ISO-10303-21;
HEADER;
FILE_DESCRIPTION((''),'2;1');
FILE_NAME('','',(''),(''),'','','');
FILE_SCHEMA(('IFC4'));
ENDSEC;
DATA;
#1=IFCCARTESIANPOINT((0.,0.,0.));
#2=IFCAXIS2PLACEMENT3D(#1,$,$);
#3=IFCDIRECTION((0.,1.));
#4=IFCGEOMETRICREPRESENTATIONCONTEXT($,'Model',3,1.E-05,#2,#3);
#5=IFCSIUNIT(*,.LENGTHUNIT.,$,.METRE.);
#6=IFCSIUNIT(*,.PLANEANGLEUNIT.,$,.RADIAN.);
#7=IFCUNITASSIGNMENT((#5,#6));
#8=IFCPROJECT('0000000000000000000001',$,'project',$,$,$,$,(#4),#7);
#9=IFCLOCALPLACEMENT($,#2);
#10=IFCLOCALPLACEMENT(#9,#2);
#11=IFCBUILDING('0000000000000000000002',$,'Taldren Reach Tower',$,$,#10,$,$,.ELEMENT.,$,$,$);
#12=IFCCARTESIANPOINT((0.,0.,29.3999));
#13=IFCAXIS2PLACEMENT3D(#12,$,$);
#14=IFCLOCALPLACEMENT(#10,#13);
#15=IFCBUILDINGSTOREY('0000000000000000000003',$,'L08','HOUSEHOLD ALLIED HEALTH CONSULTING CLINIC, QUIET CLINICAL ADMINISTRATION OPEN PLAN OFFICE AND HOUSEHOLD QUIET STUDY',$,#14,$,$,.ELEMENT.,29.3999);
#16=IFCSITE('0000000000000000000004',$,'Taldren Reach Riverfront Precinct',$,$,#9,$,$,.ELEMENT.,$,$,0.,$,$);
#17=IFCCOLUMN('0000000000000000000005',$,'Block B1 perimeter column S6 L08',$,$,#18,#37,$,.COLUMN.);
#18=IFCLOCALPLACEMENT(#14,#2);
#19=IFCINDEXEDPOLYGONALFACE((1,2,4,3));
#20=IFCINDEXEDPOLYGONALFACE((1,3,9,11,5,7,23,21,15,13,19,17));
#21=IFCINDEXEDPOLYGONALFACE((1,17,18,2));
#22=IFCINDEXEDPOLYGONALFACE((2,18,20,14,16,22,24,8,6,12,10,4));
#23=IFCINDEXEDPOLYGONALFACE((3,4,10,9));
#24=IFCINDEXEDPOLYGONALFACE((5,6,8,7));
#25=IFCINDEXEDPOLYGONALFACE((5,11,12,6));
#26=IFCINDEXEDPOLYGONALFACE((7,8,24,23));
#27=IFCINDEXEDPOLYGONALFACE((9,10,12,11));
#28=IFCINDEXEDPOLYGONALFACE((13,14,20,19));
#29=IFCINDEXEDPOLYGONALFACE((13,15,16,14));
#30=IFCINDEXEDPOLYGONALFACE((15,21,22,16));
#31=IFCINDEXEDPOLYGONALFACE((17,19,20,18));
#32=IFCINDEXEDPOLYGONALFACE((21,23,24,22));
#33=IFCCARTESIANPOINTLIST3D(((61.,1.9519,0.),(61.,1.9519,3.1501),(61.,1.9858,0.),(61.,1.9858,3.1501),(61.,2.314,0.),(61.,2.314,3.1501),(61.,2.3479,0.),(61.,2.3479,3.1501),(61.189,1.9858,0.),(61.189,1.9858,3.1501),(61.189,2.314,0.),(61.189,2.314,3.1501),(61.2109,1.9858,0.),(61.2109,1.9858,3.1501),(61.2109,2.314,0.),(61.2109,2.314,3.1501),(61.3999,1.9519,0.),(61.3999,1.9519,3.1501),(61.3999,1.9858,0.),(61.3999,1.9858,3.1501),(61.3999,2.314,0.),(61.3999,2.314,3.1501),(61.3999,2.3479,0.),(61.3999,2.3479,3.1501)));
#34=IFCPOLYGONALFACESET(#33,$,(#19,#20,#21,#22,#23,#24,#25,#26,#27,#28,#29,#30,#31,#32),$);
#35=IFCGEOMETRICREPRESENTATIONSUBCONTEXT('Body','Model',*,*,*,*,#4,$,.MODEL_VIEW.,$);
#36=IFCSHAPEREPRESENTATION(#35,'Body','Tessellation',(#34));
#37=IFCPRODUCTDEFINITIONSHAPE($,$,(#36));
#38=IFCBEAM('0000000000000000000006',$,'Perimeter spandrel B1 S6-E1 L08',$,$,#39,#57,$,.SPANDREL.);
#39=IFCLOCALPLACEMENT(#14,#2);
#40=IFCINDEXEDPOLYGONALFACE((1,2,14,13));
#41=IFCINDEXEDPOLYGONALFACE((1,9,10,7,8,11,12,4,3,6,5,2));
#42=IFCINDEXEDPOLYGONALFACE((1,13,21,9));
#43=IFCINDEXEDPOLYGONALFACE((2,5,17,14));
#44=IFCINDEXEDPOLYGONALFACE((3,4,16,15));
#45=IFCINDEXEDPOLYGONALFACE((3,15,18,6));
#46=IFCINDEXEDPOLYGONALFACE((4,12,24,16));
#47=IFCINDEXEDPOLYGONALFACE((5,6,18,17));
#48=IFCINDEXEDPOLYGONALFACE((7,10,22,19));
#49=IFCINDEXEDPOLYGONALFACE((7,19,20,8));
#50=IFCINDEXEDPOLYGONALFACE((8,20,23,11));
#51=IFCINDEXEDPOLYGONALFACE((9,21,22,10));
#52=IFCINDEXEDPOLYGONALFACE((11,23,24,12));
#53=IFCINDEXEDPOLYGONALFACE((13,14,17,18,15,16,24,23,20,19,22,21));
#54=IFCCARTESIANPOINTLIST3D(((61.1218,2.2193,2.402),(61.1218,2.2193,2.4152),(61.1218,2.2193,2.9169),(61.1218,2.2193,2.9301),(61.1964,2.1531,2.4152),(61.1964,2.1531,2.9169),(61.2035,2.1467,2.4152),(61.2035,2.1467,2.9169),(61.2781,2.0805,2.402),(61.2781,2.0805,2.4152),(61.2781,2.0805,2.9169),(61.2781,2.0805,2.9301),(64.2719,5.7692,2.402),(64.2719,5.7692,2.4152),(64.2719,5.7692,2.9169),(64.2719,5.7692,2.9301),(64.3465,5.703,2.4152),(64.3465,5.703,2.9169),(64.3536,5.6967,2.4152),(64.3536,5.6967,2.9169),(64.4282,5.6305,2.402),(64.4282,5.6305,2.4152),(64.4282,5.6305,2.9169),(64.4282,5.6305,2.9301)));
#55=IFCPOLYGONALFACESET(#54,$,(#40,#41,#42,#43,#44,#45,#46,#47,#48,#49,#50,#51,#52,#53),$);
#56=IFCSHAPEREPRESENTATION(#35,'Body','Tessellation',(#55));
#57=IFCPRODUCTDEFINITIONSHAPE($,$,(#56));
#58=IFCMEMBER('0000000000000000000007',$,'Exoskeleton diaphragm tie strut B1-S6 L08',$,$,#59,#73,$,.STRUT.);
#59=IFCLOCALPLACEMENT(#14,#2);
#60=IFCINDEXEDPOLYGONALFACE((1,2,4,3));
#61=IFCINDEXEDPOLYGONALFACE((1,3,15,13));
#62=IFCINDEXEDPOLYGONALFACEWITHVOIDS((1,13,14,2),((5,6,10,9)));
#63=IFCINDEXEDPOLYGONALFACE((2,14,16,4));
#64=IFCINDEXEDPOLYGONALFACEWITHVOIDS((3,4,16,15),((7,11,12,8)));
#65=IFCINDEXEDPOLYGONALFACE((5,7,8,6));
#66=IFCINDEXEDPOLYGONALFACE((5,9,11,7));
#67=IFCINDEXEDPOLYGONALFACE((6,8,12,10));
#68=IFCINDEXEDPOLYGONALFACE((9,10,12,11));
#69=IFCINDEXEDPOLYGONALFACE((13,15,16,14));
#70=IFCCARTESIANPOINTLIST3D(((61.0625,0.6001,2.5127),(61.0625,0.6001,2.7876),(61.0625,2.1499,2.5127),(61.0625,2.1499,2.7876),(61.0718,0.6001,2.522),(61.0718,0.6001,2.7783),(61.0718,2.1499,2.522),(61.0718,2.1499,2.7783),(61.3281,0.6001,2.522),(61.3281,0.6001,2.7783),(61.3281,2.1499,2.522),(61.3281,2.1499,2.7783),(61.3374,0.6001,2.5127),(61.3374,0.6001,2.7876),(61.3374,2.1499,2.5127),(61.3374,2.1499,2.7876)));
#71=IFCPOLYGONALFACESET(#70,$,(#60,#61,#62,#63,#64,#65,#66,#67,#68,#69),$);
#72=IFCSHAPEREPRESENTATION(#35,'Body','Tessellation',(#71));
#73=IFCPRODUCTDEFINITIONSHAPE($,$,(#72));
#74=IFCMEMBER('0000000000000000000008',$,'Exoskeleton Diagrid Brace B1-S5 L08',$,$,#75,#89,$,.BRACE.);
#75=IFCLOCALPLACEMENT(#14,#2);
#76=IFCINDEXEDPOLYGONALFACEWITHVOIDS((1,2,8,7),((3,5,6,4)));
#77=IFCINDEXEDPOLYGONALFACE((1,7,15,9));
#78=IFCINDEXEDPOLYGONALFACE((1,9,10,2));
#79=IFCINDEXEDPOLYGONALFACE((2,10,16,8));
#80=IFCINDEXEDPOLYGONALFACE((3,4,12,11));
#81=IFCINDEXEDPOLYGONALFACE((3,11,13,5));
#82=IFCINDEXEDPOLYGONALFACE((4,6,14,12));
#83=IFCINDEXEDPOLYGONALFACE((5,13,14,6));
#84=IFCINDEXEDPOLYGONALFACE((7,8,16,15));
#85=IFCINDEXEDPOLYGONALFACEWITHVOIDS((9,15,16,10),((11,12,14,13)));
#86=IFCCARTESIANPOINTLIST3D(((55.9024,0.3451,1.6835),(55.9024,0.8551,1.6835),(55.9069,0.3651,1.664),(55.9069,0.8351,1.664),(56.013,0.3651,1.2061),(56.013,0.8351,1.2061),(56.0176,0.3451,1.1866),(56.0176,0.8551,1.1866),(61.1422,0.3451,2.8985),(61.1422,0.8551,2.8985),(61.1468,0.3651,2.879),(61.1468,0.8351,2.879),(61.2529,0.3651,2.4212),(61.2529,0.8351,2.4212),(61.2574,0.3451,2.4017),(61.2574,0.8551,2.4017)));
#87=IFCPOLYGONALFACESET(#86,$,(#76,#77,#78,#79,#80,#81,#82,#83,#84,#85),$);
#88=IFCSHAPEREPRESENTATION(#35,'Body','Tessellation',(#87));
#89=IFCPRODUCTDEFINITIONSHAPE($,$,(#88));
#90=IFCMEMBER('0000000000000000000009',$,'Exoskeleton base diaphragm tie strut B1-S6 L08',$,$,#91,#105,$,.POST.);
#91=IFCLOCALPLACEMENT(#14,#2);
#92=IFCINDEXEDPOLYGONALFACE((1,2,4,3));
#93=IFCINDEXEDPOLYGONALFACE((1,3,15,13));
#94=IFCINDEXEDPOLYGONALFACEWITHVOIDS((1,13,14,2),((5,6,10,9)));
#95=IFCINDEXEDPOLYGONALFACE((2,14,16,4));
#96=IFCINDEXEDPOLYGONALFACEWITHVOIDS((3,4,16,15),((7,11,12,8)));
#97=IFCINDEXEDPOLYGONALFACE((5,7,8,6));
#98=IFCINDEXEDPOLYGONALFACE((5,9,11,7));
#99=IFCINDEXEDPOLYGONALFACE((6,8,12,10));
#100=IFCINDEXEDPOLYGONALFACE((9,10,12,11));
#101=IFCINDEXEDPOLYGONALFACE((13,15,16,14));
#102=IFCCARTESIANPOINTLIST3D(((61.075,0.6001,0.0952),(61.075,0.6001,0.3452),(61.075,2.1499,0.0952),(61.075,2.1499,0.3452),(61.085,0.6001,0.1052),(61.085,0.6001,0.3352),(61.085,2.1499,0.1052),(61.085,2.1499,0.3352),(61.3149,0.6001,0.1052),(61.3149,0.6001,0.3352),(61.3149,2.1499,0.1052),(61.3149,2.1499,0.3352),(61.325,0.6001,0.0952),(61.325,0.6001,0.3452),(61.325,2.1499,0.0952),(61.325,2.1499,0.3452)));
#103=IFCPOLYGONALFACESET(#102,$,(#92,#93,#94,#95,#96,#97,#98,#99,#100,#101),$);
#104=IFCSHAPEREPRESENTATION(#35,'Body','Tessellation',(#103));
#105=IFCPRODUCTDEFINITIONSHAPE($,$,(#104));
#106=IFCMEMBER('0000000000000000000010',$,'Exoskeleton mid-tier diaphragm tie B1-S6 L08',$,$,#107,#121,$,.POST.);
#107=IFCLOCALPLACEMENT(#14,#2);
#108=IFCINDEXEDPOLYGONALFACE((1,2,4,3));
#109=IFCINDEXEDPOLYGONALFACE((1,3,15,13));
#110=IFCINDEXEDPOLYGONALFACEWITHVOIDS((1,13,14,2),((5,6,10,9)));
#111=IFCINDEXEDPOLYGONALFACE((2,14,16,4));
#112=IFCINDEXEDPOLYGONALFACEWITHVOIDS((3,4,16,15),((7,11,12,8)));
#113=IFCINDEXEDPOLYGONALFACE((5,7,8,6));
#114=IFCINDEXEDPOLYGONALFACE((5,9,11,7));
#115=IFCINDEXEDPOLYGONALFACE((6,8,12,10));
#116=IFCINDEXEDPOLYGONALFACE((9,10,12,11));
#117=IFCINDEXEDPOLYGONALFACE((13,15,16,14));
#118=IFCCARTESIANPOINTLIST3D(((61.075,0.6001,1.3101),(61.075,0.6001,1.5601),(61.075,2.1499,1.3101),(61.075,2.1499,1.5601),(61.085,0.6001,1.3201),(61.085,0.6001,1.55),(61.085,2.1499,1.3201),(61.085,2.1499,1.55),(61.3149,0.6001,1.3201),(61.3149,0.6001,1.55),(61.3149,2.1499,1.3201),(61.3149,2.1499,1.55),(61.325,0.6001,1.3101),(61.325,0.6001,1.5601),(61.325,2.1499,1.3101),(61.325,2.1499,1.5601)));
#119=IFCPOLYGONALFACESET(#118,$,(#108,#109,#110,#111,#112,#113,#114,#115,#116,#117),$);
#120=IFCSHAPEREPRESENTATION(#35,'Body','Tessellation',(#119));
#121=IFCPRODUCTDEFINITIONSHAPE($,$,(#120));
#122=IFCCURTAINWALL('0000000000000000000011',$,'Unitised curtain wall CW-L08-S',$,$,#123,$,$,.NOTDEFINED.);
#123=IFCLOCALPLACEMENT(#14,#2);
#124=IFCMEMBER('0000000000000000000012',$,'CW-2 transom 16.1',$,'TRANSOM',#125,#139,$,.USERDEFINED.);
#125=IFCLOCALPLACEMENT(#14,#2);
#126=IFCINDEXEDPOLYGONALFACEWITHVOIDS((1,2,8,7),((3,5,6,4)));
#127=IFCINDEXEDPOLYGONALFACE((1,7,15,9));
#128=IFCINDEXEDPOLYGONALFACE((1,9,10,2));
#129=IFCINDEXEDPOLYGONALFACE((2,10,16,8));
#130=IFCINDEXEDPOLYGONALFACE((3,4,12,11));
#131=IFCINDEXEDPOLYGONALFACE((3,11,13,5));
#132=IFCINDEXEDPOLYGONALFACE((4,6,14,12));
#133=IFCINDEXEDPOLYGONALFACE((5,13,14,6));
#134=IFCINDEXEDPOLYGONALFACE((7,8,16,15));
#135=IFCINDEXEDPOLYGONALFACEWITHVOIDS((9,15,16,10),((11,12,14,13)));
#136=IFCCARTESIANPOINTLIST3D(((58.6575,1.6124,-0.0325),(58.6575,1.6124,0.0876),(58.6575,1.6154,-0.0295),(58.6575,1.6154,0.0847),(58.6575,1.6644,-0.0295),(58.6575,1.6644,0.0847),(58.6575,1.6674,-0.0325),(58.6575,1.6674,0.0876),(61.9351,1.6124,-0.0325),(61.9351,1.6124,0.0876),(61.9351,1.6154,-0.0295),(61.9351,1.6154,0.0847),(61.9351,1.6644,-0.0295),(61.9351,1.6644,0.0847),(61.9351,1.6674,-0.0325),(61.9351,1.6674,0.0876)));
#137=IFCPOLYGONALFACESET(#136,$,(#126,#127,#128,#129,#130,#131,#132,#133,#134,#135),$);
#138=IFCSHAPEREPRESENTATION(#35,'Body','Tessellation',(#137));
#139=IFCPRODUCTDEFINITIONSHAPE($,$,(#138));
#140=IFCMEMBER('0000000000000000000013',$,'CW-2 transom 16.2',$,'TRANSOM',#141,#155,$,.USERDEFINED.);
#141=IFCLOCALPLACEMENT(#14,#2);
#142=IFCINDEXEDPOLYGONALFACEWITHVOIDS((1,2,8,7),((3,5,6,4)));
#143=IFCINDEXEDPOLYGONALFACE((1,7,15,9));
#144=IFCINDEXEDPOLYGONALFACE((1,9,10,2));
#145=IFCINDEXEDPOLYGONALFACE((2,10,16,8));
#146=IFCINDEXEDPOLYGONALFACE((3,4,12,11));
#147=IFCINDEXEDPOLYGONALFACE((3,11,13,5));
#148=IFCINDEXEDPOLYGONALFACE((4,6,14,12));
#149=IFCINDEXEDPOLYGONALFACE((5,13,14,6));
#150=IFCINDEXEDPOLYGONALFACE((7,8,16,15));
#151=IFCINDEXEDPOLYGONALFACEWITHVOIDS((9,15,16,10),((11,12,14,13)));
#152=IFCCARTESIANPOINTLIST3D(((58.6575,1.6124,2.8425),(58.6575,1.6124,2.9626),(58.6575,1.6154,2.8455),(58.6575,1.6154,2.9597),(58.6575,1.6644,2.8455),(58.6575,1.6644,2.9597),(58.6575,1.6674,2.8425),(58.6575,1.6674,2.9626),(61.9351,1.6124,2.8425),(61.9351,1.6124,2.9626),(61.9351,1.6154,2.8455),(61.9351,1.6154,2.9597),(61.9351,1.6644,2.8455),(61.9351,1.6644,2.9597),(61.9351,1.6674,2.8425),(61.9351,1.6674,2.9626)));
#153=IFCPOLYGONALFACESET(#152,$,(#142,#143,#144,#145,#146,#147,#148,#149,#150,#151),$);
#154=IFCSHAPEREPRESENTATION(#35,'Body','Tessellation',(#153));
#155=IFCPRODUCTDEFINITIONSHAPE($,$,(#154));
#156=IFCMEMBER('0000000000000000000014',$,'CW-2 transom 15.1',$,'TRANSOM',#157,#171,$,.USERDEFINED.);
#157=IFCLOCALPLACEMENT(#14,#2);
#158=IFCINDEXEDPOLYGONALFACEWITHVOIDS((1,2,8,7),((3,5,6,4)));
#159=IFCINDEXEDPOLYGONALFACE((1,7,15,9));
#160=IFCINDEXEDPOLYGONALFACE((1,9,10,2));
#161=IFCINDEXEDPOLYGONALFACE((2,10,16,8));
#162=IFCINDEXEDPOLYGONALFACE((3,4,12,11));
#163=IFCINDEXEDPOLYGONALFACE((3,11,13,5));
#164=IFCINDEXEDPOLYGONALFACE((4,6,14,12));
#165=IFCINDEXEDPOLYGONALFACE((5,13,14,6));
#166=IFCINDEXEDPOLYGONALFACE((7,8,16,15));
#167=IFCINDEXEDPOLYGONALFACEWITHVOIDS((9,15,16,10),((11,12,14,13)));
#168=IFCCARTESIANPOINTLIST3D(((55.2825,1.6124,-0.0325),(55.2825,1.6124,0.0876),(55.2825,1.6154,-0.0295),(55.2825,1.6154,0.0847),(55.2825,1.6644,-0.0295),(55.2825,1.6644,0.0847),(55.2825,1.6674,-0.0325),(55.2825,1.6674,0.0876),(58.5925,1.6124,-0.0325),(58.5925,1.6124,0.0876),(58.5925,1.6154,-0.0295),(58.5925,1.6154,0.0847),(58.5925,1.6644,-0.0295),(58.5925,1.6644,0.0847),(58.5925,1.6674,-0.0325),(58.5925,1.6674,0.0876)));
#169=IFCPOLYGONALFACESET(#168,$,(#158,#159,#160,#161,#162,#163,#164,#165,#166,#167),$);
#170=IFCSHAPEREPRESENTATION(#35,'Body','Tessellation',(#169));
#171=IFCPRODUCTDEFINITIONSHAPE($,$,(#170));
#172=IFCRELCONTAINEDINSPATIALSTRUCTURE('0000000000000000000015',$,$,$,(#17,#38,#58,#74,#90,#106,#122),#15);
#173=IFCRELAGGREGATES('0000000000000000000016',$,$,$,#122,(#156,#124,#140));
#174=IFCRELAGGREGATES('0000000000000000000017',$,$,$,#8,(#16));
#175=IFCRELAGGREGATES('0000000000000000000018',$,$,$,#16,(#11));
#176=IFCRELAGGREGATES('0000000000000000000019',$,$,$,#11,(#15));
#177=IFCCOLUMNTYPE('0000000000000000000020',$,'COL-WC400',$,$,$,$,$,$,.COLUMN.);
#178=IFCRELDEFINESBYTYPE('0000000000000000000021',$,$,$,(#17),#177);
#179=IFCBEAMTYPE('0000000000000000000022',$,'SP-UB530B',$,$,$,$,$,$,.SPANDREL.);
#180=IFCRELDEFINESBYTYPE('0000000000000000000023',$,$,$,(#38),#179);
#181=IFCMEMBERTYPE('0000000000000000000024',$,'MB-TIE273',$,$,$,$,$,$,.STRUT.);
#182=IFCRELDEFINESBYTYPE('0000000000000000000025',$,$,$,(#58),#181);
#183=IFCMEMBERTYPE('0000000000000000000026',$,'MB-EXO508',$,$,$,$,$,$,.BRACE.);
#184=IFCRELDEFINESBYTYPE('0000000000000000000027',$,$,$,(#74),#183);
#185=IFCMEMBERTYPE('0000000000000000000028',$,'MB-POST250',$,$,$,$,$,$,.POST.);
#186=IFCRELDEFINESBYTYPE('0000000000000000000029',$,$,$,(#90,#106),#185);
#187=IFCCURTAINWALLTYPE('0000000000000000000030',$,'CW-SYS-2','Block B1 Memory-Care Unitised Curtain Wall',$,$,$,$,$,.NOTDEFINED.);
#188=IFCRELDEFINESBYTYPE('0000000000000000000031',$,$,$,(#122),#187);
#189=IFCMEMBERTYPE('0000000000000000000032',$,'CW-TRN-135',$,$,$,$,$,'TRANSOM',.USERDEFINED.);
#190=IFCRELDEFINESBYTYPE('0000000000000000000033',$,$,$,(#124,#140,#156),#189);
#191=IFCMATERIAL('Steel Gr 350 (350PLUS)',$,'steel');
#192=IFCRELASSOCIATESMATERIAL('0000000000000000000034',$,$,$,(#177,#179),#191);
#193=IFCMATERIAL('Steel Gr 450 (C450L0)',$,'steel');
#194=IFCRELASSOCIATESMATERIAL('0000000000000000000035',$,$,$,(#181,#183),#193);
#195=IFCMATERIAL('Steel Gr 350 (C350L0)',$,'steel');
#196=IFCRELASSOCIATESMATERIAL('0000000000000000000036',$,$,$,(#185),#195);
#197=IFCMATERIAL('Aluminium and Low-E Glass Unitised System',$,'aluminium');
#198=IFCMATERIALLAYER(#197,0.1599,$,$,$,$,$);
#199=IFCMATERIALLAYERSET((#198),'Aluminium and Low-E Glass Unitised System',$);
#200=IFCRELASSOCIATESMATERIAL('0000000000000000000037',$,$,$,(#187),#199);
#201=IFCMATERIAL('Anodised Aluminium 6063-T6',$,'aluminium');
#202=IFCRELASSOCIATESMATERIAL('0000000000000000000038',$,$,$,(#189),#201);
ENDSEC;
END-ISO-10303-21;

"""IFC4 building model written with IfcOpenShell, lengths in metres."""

from ifc_helpers import new_model, si_unit, direction, frame, origin, origin_2d, place, context, subcontext, project, spatial, hollow_rectangle, i_section, extrude, source, transform, mapped, material, layer, layer_set, material_profile, profile_set, type_object, element, aggregate, save


model = new_model("IFC4")

# Units and contexts
model_context = context("Model", 3, precision=1e-05, world=origin(), true_north=direction((0.0, 1.0)))
body_context = subcontext(model_context, "Body", "Model", "MODEL_VIEW")
ifc_project = project(units=[si_unit("LENGTHUNIT", "METRE"), si_unit("PLANEANGLEUNIT", "RADIAN")], contexts=[model_context])

# Site, building, storey
site_placement = place(None, origin())
site = spatial("IfcSite", under=ifc_project, at=site_placement, Name="Taldren Reach Riverfront Precinct", CompositionType="ELEMENT", RefElevation=0.0)
building_placement = place(site_placement, origin())
building = spatial("IfcBuilding", under=site, at=building_placement, Name="Taldren Reach Tower", CompositionType="ELEMENT")
storey_placement = place(building_placement, frame((0.0, 0.0, 29.3999)))
storey = spatial("IfcBuildingStorey", under=building, at=storey_placement, Name="L08", Description="HOUSEHOLD ALLIED HEALTH CONSULTING CLINIC, QUIET CLINICAL ADMINISTRATION OPEN PLAN OFFICE AND HOUSEHOLD QUIET STUDY", CompositionType="ELEMENT", Elevation=29.3999)

# Column
ifc_material_1 = material(Name="Steel Gr 350 (350PLUS)", Category="steel")
ifc_material_profile_1 = material_profile(ifc_material_1, i_section(OverallWidth=0.3999, OverallDepth=0.396, WebThickness=0.022, FlangeThickness=0.0339, at=origin_2d()), Name="400WC270")
ifc_profile_set_1 = profile_set([ifc_material_profile_1], Name="Steel Gr 350 (350PLUS)")
column_type = type_object("IfcColumnType", Name="COL-WC400", PredefinedType="COLUMN", material=ifc_profile_set_1)
shared_shape_1 = source(origin(), body_context, "Body", "SweptSolid", [
    extrude(i_section(OverallWidth=0.3999, OverallDepth=0.396, WebThickness=0.022, FlangeThickness=0.0339, at=origin_2d()), origin(), (0.0, 0.0, 1.0), 3.1501),
])
column_placement = place(storey_placement, frame((61.2, 2.1499, 0.0), z_axis=(0.0, 0.0, 1.0), x_axis=(1.0, 0.0, 0.0)))
element("IfcColumn", 1, at=column_placement, inside=storey, type_object=column_type, Name="Block B1 perimeter column S6 L08", PredefinedType="COLUMN", context=body_context, shape_type="MappedRepresentation", body=[
    mapped(shared_shape_1, transform((0.0, 0.0, 0.0), scale=1.0)),
])

# Beam
ifc_material_profile_2 = material_profile(ifc_material_1, i_section(OverallWidth=0.209, OverallDepth=0.5281, WebThickness=0.0095, FlangeThickness=0.0132, at=origin_2d()), Name="530UB82.0")
ifc_profile_set_2 = profile_set([ifc_material_profile_2], Name="Steel Gr 350 (350PLUS)")
beam_type = type_object("IfcBeamType", Name="SP-UB530B", PredefinedType="SPANDREL", material=ifc_profile_set_2)
shared_shape_2 = source(origin(), body_context, "Body", "SweptSolid", [
    extrude(i_section(OverallWidth=0.209, OverallDepth=0.5281, WebThickness=0.0095, FlangeThickness=0.0132, at=origin_2d()), origin(), (0.0, 0.0, 1.0), 4.7461),
])
beam_placement = place(storey_placement, frame((61.2, 2.1499, 2.666), z_axis=(0.663722, 0.747979, 0.0), x_axis=(-0.747979, 0.663722, 0.0)))
element("IfcBeam", 2, at=beam_placement, inside=storey, type_object=beam_type, Name="Perimeter spandrel B1 S6-E1 L08", PredefinedType="SPANDREL", context=body_context, shape_type="MappedRepresentation", body=[
    mapped(shared_shape_2, transform((0.0, 0.0, 0.0), scale=1.0)),
])

# Members
ifc_material_2 = material(Name="Steel Gr 450 (C450L0)", Category="steel")
ifc_material_profile_3 = material_profile(ifc_material_2, hollow_rectangle(XDim=0.2749, YDim=0.2749, WallThickness=0.0093, at=origin_2d()), Name="275x275x9.3SHS")
ifc_profile_set_3 = profile_set([ifc_material_profile_3], Name="Steel Gr 450 (C450L0)")
member_type_1 = type_object("IfcMemberType", Name="MB-TIE273", PredefinedType="STRUT", material=ifc_profile_set_3)
shared_shape_3 = source(origin(), body_context, "Body", "SweptSolid", [
    extrude(hollow_rectangle(XDim=0.2749, YDim=0.2749, WallThickness=0.0093, at=origin_2d()), origin(), (0.0, 0.0, 1.0), 1.5498),
])
member_1_placement = place(storey_placement, frame((61.2, 2.1499, 2.6501), z_axis=(0.0, -1.0, 0.0), x_axis=(1.0, 0.0, 0.0)))
element("IfcMember", 3, at=member_1_placement, inside=storey, type_object=member_type_1, Name="Exoskeleton diaphragm tie strut B1-S6 L08", PredefinedType="STRUT", context=body_context, shape_type="MappedRepresentation", body=[
    mapped(shared_shape_3, transform((0.0, 0.0, 0.0), scale=1.0)),
])
ifc_material_profile_4 = material_profile(ifc_material_2, hollow_rectangle(XDim=0.51, YDim=0.51, WallThickness=0.02, at=origin_2d()), Name="510x510x20.0SHS")
ifc_profile_set_4 = profile_set([ifc_material_profile_4], Name="Steel Gr 450 (C450L0)")
member_type_2 = type_object("IfcMemberType", Name="MB-EXO508", PredefinedType="BRACE", material=ifc_profile_set_4)
shared_shape_4 = source(origin(), body_context, "Body", "SweptSolid", [
    extrude(hollow_rectangle(XDim=0.51, YDim=0.51, WallThickness=0.02, at=origin_2d()), origin(), (0.0, 0.0, 1.0), 5.3789),
])
member_2_placement = place(storey_placement, frame((55.96, 0.6001, 1.4351), z_axis=(0.974152, 0.0, 0.225894), x_axis=(0.0, 1.0, 0.0)))
element("IfcMember", 4, at=member_2_placement, inside=storey, type_object=member_type_2, Name="Exoskeleton Diagrid Brace B1-S5 L08", PredefinedType="BRACE", context=body_context, shape_type="MappedRepresentation", body=[
    mapped(shared_shape_4, transform((0.0, 0.0, 0.0), scale=1.0)),
])
ifc_material_3 = material(Name="Steel Gr 350 (C350L0)", Category="steel")
ifc_material_profile_5 = material_profile(ifc_material_3, hollow_rectangle(XDim=0.25, YDim=0.25, WallThickness=0.01, at=origin_2d()), Name="250x250x10.0SHS")
ifc_profile_set_5 = profile_set([ifc_material_profile_5], Name="Steel Gr 350 (C350L0)")
member_type_3 = type_object("IfcMemberType", Name="MB-POST250", PredefinedType="POST", material=ifc_profile_set_5)
shared_shape_5 = source(origin(), body_context, "Body", "SweptSolid", [
    extrude(hollow_rectangle(XDim=0.25, YDim=0.25, WallThickness=0.01, at=origin_2d()), origin(), (0.0, 0.0, 1.0), 1.5498),
])
for number, where, z_axis, x_axis, name in (
    (5, (61.2, 2.1499, 0.2202), (0.0, -1.0, 0.0), (1.0, 0.0, 0.0), "Exoskeleton base diaphragm tie strut B1-S6 L08"),
    (6, (61.2, 2.1499, 1.4351), (0.0, -1.0, 0.0), (1.0, 0.0, 0.0), "Exoskeleton mid-tier diaphragm tie B1-S6 L08"),
):
    element("IfcMember", number, at=place(storey_placement, frame(where, z_axis=z_axis, x_axis=x_axis)), inside=storey, type_object=member_type_3, Name=name, PredefinedType="POST", context=body_context, shape_type="MappedRepresentation", body=[
        mapped(shared_shape_5, transform((0.0, 0.0, 0.0), scale=1.0)),
    ])

# Curtain wall, members
ifc_material_4 = material(Name="Aluminium and Low-E Glass Unitised System", Category="aluminium")
ifc_layer_1 = layer(ifc_material_4, 0.1599)
ifc_layer_set_1 = layer_set([ifc_layer_1], Name="Aluminium and Low-E Glass Unitised System")
curtain_wall_type = type_object("IfcCurtainWallType", Name="CW-SYS-2", Description="Block B1 Memory-Care Unitised Curtain Wall", PredefinedType="NOTDEFINED", material=ifc_layer_set_1)
curtain_wall_placement = place(storey_placement, origin())
curtain_wall = element("IfcCurtainWall", 7, at=curtain_wall_placement, inside=storey, type_object=curtain_wall_type, Name="Unitised curtain wall CW-L08-S", PredefinedType="NOTDEFINED")
ifc_material_5 = material(Name="Anodised Aluminium 6063-T6", Category="aluminium")
ifc_material_profile_6 = material_profile(ifc_material_5, hollow_rectangle(XDim=0.0549, YDim=0.1201, WallThickness=0.0029, at=origin_2d()), Name="ALU-120x55x3RHS")
ifc_profile_set_6 = profile_set([ifc_material_profile_6], Name="Anodised Aluminium 6063-T6")
member_type_4 = type_object("IfcMemberType", Name="CW-TRN-135", ElementType="TRANSOM", PredefinedType="USERDEFINED", material=ifc_profile_set_6)
shared_shape_6 = source(origin(), body_context, "Body", "SweptSolid", [
    extrude(hollow_rectangle(XDim=0.0549, YDim=0.1201, WallThickness=0.0029, at=origin_2d()), origin(), (0.0, 0.0, 1.0), 3.2776),
])
member_3_placement = place(storey_placement, frame((58.6575, 1.6399, 0.0276), z_axis=(1.0, 0.0, 0.0), x_axis=(0.0, 1.0, 0.0)))
member_3 = element("IfcMember", 8, at=member_3_placement, type_object=member_type_4, Name="CW-2 transom 16.1", ObjectType="TRANSOM", PredefinedType="USERDEFINED", context=body_context, shape_type="MappedRepresentation", body=[
    mapped(shared_shape_6, transform((0.0, 0.0, 0.0), scale=1.0)),
])
member_4_placement = place(storey_placement, frame((58.6575, 1.6399, 2.9026), z_axis=(1.0, 0.0, 0.0), x_axis=(0.0, 1.0, 0.0)))
member_4 = element("IfcMember", 9, at=member_4_placement, type_object=member_type_4, Name="CW-2 transom 16.2", ObjectType="TRANSOM", PredefinedType="USERDEFINED", context=body_context, shape_type="MappedRepresentation", body=[
    mapped(shared_shape_6, transform((0.0, 0.0, 0.0), scale=1.0)),
])
shared_shape_7 = source(origin(), body_context, "Body", "SweptSolid", [
    extrude(hollow_rectangle(XDim=0.0549, YDim=0.1201, WallThickness=0.0029, at=origin_2d()), origin(), (0.0, 0.0, 1.0), 3.3101),
])
member_5_placement = place(storey_placement, frame((55.2825, 1.6399, 0.0276), z_axis=(1.0, 0.0, 0.0), x_axis=(0.0, 1.0, 0.0)))
member_5 = element("IfcMember", 10, at=member_5_placement, type_object=member_type_4, Name="CW-2 transom 15.1", ObjectType="TRANSOM", PredefinedType="USERDEFINED", context=body_context, shape_type="MappedRepresentation", body=[
    mapped(shared_shape_7, transform((0.0, 0.0, 0.0), scale=1.0)),
])

aggregate(curtain_wall, [member_5, member_3, member_4])

save(model, "model.ifc")
